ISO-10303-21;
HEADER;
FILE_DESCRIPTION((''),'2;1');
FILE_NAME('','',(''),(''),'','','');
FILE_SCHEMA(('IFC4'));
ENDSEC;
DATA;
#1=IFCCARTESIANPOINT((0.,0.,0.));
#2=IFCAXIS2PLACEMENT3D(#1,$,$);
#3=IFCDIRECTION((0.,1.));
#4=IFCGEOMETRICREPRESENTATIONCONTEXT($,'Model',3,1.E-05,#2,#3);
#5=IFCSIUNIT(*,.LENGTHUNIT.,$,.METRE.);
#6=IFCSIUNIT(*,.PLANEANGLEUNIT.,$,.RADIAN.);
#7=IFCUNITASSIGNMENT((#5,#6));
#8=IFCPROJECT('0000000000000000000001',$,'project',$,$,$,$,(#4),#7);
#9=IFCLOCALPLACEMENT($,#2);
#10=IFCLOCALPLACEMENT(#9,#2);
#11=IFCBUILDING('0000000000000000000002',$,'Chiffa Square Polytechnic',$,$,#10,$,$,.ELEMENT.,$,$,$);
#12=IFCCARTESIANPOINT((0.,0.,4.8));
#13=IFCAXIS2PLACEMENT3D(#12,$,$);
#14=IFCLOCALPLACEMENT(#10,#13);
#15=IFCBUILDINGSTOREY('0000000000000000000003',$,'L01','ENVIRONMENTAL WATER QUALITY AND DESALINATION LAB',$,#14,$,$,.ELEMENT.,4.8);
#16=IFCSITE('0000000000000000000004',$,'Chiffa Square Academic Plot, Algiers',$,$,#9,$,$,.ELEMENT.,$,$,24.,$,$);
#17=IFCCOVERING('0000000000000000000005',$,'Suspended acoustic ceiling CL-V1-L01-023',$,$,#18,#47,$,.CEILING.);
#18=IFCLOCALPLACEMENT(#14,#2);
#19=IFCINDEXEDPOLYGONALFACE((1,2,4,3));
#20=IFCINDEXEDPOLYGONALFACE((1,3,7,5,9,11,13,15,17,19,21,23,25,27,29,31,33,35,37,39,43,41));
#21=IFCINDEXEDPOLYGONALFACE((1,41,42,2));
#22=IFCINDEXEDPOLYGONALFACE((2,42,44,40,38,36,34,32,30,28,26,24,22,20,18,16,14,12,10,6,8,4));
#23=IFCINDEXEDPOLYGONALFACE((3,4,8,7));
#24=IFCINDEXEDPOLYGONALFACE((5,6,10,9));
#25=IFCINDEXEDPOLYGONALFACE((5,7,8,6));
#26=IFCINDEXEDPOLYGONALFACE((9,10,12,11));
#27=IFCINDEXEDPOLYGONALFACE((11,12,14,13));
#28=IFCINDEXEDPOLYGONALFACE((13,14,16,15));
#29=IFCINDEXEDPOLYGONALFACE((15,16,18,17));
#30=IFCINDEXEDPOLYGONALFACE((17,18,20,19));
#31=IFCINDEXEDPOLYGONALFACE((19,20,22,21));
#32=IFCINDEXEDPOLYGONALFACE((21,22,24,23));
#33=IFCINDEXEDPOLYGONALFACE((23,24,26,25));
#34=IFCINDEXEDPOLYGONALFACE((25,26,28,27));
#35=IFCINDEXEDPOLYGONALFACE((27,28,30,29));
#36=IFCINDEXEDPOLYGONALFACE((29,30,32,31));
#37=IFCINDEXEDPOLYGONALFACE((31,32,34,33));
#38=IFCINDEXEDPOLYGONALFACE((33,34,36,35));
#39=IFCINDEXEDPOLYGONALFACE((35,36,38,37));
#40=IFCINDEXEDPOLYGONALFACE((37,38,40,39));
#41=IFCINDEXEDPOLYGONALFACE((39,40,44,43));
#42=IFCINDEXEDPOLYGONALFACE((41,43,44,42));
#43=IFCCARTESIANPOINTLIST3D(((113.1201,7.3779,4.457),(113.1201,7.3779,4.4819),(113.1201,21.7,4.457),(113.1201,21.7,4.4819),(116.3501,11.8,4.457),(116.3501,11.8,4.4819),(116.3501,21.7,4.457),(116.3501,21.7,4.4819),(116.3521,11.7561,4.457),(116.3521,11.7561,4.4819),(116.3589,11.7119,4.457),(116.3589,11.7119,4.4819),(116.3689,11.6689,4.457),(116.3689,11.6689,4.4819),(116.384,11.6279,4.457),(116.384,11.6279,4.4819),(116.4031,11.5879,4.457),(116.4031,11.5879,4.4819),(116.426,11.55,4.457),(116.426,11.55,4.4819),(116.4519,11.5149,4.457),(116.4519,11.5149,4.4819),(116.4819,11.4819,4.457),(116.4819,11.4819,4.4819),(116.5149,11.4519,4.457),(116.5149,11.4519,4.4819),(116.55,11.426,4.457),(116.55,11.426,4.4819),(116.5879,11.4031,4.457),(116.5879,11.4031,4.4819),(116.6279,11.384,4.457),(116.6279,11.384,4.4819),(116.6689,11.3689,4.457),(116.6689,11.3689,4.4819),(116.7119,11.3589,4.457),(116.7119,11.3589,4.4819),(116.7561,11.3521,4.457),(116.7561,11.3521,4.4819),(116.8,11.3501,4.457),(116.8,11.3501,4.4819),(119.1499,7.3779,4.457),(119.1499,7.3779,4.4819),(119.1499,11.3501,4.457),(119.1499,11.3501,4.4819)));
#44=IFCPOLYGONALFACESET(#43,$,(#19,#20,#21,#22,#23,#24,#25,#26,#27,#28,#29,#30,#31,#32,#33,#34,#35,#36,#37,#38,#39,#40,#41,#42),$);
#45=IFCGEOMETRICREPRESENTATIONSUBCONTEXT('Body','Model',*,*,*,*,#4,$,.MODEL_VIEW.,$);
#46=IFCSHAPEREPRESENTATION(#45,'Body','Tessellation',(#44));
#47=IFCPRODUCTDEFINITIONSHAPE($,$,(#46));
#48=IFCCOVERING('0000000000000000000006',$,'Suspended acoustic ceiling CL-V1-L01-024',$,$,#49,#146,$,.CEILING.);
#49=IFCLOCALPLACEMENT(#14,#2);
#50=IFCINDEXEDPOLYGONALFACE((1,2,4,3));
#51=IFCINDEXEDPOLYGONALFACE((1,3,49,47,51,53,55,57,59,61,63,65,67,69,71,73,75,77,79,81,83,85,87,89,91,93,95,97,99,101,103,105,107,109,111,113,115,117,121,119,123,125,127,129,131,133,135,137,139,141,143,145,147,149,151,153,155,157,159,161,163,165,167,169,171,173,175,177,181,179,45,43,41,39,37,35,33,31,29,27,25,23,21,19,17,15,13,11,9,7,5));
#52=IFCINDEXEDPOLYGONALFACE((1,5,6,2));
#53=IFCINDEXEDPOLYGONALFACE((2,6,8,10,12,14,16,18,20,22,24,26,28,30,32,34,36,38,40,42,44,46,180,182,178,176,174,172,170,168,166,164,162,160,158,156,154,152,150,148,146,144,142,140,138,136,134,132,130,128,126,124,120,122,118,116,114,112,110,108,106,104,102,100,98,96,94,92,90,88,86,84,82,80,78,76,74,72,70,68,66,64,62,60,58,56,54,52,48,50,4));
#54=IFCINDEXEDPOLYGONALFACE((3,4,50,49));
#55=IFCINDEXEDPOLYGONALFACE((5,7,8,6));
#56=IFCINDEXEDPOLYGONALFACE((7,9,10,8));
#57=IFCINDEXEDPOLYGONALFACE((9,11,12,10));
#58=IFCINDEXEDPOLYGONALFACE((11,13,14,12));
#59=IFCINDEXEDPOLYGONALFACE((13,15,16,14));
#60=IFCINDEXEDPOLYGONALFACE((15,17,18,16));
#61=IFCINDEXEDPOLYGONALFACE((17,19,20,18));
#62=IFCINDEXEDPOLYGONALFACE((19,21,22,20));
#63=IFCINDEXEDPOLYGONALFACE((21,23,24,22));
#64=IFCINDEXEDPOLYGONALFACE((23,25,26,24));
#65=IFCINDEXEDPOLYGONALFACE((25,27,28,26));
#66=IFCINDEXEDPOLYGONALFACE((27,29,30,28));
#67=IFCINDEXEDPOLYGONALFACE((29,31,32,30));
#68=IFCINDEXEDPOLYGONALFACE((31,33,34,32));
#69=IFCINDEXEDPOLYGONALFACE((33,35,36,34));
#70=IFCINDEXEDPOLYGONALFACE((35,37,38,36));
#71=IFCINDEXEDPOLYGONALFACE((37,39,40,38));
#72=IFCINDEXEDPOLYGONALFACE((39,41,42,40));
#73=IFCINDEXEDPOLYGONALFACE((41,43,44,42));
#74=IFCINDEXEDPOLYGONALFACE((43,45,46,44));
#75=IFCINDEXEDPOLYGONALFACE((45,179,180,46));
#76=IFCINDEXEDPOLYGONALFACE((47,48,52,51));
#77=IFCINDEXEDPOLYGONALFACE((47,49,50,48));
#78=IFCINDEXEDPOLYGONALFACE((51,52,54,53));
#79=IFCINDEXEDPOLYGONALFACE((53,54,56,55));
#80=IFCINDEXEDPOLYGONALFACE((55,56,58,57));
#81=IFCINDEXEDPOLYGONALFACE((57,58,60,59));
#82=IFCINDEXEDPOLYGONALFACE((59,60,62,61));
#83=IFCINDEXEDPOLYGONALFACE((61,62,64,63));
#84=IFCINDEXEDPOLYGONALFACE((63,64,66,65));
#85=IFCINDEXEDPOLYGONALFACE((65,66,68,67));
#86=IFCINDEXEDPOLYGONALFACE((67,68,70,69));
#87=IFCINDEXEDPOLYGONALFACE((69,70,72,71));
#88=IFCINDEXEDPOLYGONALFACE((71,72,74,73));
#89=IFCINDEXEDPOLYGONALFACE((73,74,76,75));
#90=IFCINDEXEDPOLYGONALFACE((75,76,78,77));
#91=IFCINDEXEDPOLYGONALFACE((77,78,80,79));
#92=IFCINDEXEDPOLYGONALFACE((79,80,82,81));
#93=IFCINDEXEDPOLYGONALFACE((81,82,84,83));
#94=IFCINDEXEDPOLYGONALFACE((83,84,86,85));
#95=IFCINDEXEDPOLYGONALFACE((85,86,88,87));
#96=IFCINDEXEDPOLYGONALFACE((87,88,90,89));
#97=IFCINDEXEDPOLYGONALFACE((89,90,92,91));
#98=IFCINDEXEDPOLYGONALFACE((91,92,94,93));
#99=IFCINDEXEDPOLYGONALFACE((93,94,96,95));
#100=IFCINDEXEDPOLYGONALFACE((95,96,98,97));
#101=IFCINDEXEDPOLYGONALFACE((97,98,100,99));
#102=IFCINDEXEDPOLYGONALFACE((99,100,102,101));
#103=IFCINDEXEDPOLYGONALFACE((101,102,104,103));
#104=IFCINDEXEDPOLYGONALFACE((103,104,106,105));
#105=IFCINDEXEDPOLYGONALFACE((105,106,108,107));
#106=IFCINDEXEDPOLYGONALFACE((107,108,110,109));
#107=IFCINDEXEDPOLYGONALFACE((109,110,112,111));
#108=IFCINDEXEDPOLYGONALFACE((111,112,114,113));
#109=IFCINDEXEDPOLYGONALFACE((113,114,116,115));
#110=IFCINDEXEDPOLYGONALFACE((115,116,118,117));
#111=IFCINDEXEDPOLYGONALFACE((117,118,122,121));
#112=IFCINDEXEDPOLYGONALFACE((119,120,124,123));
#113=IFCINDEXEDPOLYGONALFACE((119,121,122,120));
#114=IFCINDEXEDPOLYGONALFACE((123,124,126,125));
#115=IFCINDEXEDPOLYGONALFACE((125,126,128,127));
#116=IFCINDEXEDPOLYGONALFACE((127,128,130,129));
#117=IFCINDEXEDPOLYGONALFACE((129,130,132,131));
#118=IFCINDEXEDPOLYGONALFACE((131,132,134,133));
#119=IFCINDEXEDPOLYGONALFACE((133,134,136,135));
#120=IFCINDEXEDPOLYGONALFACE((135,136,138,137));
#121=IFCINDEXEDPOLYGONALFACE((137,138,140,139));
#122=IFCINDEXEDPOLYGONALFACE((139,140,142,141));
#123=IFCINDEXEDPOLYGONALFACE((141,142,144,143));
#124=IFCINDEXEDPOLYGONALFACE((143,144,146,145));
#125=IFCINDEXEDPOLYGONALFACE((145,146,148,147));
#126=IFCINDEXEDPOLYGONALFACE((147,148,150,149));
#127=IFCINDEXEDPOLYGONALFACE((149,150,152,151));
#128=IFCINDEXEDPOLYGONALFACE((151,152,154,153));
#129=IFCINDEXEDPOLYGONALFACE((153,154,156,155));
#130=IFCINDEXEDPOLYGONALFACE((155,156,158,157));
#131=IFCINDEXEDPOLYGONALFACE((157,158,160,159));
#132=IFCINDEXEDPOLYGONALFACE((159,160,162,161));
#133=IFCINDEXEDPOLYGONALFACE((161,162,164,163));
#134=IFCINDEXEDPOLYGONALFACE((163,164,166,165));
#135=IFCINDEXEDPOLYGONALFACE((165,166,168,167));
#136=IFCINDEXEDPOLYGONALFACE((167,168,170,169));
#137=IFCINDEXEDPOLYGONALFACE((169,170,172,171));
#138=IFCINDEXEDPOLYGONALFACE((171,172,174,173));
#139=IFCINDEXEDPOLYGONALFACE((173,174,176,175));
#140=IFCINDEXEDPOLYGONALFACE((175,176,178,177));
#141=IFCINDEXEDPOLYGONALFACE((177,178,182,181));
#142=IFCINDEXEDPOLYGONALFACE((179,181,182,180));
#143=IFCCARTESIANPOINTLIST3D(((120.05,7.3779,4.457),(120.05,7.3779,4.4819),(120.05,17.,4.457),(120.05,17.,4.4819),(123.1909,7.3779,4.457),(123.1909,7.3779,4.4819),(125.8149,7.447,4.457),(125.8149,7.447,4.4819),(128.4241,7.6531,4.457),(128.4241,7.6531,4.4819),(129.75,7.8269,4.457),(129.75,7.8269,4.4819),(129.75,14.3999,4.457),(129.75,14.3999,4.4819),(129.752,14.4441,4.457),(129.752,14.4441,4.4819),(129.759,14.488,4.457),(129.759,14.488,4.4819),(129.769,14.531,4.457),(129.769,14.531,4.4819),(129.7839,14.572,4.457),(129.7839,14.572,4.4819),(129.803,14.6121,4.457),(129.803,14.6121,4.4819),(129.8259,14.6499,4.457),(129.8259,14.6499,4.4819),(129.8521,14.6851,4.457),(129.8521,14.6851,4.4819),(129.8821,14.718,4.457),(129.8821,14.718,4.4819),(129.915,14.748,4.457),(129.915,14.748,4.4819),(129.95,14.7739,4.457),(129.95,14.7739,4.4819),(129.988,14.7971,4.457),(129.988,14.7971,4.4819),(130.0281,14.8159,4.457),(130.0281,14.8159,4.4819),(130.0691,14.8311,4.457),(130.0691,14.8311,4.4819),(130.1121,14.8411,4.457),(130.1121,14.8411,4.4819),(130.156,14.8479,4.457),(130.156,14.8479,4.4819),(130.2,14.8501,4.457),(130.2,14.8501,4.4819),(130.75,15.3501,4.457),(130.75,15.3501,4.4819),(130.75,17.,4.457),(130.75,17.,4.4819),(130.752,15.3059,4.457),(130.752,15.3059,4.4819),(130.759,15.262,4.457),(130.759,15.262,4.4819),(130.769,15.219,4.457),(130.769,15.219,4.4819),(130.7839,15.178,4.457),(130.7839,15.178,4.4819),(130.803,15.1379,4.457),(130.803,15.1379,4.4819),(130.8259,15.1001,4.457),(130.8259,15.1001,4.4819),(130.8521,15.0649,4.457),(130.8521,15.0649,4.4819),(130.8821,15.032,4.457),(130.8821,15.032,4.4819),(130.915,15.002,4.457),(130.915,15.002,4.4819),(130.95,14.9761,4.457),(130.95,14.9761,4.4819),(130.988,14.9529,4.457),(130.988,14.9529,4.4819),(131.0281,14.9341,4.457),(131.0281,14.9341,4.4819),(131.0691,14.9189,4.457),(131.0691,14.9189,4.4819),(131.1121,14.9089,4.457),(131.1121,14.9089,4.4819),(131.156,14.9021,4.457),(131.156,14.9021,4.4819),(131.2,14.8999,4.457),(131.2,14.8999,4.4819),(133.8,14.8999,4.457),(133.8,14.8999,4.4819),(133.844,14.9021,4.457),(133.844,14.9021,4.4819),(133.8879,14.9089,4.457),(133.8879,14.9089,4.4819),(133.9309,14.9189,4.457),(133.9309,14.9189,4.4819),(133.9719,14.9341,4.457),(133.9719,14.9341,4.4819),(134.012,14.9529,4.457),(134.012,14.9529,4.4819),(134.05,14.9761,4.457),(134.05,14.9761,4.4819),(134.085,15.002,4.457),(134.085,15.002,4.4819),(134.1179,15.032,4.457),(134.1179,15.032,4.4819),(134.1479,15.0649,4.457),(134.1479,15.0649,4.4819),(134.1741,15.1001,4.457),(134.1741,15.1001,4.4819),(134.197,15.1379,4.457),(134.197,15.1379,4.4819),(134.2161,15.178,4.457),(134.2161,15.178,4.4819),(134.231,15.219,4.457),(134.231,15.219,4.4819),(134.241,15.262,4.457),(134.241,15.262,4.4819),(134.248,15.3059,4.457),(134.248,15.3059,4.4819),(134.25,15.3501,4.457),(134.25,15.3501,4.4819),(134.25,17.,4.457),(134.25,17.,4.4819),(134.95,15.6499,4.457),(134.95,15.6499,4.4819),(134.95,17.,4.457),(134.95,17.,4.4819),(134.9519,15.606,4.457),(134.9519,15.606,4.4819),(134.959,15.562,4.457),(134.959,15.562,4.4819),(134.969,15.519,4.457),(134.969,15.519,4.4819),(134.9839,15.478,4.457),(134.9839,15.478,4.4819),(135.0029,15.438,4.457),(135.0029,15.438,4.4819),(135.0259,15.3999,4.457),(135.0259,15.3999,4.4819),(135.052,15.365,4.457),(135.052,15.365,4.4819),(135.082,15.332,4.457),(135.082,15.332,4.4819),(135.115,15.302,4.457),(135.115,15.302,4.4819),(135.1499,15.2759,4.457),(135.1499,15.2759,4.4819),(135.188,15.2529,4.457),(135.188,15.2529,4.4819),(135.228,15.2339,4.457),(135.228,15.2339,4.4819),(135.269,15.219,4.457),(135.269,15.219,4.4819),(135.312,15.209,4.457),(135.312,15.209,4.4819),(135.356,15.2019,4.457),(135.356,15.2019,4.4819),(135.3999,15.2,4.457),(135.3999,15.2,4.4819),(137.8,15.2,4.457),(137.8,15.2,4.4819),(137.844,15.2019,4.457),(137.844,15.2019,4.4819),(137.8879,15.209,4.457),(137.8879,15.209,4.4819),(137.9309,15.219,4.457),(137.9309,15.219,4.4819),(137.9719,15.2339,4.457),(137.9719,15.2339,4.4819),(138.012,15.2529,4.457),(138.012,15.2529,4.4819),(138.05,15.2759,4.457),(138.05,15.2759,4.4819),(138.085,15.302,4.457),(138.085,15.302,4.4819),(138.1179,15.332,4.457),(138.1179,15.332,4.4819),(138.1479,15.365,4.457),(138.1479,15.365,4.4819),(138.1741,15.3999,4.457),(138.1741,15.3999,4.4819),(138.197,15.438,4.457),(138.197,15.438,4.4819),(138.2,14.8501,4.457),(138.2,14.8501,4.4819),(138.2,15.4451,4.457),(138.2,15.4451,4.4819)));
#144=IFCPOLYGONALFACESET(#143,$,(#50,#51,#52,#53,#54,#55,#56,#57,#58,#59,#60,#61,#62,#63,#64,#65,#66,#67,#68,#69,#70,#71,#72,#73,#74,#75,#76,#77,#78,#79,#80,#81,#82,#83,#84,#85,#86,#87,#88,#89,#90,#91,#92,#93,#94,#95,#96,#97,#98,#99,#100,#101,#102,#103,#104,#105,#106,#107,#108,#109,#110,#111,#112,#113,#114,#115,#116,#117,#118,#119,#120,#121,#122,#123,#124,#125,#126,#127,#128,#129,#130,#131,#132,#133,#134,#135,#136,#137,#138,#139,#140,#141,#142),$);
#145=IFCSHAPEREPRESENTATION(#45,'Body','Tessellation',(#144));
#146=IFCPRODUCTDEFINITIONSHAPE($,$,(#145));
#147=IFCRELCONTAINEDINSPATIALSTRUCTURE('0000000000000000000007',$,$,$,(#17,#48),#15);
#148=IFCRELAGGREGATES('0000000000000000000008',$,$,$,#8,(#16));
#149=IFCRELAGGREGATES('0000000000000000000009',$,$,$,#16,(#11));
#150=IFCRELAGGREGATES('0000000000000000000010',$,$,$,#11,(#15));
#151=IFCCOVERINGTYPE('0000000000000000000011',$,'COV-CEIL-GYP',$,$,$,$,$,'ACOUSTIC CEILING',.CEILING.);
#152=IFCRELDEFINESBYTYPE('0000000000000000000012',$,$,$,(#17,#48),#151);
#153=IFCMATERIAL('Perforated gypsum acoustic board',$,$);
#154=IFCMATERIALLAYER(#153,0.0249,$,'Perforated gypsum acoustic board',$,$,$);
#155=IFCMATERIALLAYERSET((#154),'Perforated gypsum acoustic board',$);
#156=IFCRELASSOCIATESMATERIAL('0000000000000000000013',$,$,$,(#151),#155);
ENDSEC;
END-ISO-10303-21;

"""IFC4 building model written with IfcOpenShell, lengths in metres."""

from ifc_helpers import new_model, si_unit, direction, frame, origin, place, context, subcontext, project, spatial, polyline, outline, extrude, material, layer, layer_set, type_object, element, save


model = new_model("IFC4")

# Units and contexts
model_context = context("Model", 3, precision=1e-05, world=origin(), true_north=direction((0.0, 1.0)))
body_context = subcontext(model_context, "Body", "Model", "MODEL_VIEW")
ifc_project = project(units=[si_unit("LENGTHUNIT", "METRE"), si_unit("PLANEANGLEUNIT", "RADIAN")], contexts=[model_context])

# Site, building, storey
site_placement = place(None, origin())
site = spatial("IfcSite", under=ifc_project, at=site_placement, Name="Chiffa Square Academic Plot, Algiers", CompositionType="ELEMENT", RefElevation=24.0)
building_placement = place(site_placement, origin())
building = spatial("IfcBuilding", under=site, at=building_placement, Name="Chiffa Square Polytechnic", CompositionType="ELEMENT")
storey_placement = place(building_placement, frame((0.0, 0.0, 4.8)))
storey = spatial("IfcBuildingStorey", under=building, at=storey_placement, Name="L01", Description="ENVIRONMENTAL WATER QUALITY AND DESALINATION LAB", CompositionType="ELEMENT", Elevation=4.8)

# Coverings
ifc_material_1 = material(Name="Perforated gypsum acoustic board")
ifc_layer_1 = layer(ifc_material_1, 0.0249, Name="Perforated gypsum acoustic board")
ifc_layer_set_1 = layer_set([ifc_layer_1], Name="Perforated gypsum acoustic board")
covering_type_1 = type_object("IfcCoveringType", Name="COV-CEIL-GYP", ElementType="ACOUSTIC CEILING", PredefinedType="CEILING", material=ifc_layer_set_1)
covering_1_placement = place(storey_placement, frame((0.0, 0.0, 4.457)))
element("IfcCovering", 1, at=covering_1_placement, inside=storey, type_object=covering_type_1, Name="Suspended acoustic ceiling CL-V1-L01-023", PredefinedType="CEILING", context=body_context, shape_type="SweptSolid", body=[
    extrude(outline(polyline([(116.3501, 21.7), (116.3501, 11.8), (116.3521, 11.7561), (116.3589, 11.7119), (116.3689, 11.6689), (116.384, 11.6279), (116.4031, 11.5879), (116.426, 11.55), (116.4519, 11.5149), (116.4819, 11.4819), (116.5149, 11.4519), (116.55, 11.426), (116.5879, 11.4031), (116.6279, 11.384), (116.6689, 11.3689), (116.7119, 11.3589), (116.7561, 11.3521), (116.8, 11.3501), (119.1499, 11.3501), (119.1499, 7.3779), (113.1201, 7.3779), (113.1201, 21.7), (116.3501, 21.7)])), origin(), (0.0, 0.0, 1.0), 0.0249),
])
covering_2_placement = place(storey_placement, frame((0.0, 0.0, 4.457)))
element("IfcCovering", 2, at=covering_2_placement, inside=storey, type_object=covering_type_1, Name="Suspended acoustic ceiling CL-V1-L01-024", PredefinedType="CEILING", context=body_context, shape_type="SweptSolid", body=[
    extrude(outline(polyline([(120.05, 17.0), (130.75, 17.0), (130.75, 15.3501), (130.752, 15.3059), (130.759, 15.262), (130.769, 15.219), (130.7839, 15.178), (130.803, 15.1379), (130.8259, 15.1001), (130.8521, 15.0649), (130.8821, 15.032), (130.915, 15.002), (130.95, 14.9761), (130.988, 14.9529), (131.0281, 14.9341), (131.0691, 14.9189), (131.1121, 14.9089), (131.156, 14.9021), (131.2, 14.8999), (133.8, 14.8999), (133.844, 14.9021), (133.8879, 14.9089), (133.9309, 14.9189), (133.9719, 14.9341), (134.012, 14.9529), (134.05, 14.9761), (134.085, 15.002), (134.1179, 15.032), (134.1479, 15.0649), (134.1741, 15.1001), (134.197, 15.1379), (134.2161, 15.178), (134.231, 15.219), (134.241, 15.262), (134.248, 15.3059), (134.25, 15.3501), (134.25, 17.0), (134.95, 17.0), (134.95, 15.6499), (134.9519, 15.606), (134.959, 15.562), (134.969, 15.519), (134.9839, 15.478), (135.0029, 15.438), (135.0259, 15.3999), (135.052, 15.365), (135.082, 15.332), (135.115, 15.302), (135.1499, 15.2759), (135.188, 15.2529), (135.228, 15.2339), (135.269, 15.219), (135.312, 15.209), (135.356, 15.2019), (135.3999, 15.2), (137.8, 15.2), (137.844, 15.2019), (137.8879, 15.209), (137.9309, 15.219), (137.9719, 15.2339), (138.012, 15.2529), (138.05, 15.2759), (138.085, 15.302), (138.1179, 15.332), (138.1479, 15.365), (138.1741, 15.3999), (138.197, 15.438), (138.2, 15.4451), (138.2, 14.8501), (130.2, 14.8501), (130.156, 14.8479), (130.1121, 14.8411), (130.0691, 14.8311), (130.0281, 14.8159), (129.988, 14.7971), (129.95, 14.7739), (129.915, 14.748), (129.8821, 14.718), (129.8521, 14.6851), (129.8259, 14.6499), (129.803, 14.6121), (129.7839, 14.572), (129.769, 14.531), (129.759, 14.488), (129.752, 14.4441), (129.75, 14.3999), (129.75, 7.8269), (128.4241, 7.6531), (125.8149, 7.447), (123.1909, 7.3779), (120.05, 7.3779), (120.05, 17.0)])), origin(), (0.0, 0.0, 1.0), 0.0249),
])

save(model, "model.ifc")
